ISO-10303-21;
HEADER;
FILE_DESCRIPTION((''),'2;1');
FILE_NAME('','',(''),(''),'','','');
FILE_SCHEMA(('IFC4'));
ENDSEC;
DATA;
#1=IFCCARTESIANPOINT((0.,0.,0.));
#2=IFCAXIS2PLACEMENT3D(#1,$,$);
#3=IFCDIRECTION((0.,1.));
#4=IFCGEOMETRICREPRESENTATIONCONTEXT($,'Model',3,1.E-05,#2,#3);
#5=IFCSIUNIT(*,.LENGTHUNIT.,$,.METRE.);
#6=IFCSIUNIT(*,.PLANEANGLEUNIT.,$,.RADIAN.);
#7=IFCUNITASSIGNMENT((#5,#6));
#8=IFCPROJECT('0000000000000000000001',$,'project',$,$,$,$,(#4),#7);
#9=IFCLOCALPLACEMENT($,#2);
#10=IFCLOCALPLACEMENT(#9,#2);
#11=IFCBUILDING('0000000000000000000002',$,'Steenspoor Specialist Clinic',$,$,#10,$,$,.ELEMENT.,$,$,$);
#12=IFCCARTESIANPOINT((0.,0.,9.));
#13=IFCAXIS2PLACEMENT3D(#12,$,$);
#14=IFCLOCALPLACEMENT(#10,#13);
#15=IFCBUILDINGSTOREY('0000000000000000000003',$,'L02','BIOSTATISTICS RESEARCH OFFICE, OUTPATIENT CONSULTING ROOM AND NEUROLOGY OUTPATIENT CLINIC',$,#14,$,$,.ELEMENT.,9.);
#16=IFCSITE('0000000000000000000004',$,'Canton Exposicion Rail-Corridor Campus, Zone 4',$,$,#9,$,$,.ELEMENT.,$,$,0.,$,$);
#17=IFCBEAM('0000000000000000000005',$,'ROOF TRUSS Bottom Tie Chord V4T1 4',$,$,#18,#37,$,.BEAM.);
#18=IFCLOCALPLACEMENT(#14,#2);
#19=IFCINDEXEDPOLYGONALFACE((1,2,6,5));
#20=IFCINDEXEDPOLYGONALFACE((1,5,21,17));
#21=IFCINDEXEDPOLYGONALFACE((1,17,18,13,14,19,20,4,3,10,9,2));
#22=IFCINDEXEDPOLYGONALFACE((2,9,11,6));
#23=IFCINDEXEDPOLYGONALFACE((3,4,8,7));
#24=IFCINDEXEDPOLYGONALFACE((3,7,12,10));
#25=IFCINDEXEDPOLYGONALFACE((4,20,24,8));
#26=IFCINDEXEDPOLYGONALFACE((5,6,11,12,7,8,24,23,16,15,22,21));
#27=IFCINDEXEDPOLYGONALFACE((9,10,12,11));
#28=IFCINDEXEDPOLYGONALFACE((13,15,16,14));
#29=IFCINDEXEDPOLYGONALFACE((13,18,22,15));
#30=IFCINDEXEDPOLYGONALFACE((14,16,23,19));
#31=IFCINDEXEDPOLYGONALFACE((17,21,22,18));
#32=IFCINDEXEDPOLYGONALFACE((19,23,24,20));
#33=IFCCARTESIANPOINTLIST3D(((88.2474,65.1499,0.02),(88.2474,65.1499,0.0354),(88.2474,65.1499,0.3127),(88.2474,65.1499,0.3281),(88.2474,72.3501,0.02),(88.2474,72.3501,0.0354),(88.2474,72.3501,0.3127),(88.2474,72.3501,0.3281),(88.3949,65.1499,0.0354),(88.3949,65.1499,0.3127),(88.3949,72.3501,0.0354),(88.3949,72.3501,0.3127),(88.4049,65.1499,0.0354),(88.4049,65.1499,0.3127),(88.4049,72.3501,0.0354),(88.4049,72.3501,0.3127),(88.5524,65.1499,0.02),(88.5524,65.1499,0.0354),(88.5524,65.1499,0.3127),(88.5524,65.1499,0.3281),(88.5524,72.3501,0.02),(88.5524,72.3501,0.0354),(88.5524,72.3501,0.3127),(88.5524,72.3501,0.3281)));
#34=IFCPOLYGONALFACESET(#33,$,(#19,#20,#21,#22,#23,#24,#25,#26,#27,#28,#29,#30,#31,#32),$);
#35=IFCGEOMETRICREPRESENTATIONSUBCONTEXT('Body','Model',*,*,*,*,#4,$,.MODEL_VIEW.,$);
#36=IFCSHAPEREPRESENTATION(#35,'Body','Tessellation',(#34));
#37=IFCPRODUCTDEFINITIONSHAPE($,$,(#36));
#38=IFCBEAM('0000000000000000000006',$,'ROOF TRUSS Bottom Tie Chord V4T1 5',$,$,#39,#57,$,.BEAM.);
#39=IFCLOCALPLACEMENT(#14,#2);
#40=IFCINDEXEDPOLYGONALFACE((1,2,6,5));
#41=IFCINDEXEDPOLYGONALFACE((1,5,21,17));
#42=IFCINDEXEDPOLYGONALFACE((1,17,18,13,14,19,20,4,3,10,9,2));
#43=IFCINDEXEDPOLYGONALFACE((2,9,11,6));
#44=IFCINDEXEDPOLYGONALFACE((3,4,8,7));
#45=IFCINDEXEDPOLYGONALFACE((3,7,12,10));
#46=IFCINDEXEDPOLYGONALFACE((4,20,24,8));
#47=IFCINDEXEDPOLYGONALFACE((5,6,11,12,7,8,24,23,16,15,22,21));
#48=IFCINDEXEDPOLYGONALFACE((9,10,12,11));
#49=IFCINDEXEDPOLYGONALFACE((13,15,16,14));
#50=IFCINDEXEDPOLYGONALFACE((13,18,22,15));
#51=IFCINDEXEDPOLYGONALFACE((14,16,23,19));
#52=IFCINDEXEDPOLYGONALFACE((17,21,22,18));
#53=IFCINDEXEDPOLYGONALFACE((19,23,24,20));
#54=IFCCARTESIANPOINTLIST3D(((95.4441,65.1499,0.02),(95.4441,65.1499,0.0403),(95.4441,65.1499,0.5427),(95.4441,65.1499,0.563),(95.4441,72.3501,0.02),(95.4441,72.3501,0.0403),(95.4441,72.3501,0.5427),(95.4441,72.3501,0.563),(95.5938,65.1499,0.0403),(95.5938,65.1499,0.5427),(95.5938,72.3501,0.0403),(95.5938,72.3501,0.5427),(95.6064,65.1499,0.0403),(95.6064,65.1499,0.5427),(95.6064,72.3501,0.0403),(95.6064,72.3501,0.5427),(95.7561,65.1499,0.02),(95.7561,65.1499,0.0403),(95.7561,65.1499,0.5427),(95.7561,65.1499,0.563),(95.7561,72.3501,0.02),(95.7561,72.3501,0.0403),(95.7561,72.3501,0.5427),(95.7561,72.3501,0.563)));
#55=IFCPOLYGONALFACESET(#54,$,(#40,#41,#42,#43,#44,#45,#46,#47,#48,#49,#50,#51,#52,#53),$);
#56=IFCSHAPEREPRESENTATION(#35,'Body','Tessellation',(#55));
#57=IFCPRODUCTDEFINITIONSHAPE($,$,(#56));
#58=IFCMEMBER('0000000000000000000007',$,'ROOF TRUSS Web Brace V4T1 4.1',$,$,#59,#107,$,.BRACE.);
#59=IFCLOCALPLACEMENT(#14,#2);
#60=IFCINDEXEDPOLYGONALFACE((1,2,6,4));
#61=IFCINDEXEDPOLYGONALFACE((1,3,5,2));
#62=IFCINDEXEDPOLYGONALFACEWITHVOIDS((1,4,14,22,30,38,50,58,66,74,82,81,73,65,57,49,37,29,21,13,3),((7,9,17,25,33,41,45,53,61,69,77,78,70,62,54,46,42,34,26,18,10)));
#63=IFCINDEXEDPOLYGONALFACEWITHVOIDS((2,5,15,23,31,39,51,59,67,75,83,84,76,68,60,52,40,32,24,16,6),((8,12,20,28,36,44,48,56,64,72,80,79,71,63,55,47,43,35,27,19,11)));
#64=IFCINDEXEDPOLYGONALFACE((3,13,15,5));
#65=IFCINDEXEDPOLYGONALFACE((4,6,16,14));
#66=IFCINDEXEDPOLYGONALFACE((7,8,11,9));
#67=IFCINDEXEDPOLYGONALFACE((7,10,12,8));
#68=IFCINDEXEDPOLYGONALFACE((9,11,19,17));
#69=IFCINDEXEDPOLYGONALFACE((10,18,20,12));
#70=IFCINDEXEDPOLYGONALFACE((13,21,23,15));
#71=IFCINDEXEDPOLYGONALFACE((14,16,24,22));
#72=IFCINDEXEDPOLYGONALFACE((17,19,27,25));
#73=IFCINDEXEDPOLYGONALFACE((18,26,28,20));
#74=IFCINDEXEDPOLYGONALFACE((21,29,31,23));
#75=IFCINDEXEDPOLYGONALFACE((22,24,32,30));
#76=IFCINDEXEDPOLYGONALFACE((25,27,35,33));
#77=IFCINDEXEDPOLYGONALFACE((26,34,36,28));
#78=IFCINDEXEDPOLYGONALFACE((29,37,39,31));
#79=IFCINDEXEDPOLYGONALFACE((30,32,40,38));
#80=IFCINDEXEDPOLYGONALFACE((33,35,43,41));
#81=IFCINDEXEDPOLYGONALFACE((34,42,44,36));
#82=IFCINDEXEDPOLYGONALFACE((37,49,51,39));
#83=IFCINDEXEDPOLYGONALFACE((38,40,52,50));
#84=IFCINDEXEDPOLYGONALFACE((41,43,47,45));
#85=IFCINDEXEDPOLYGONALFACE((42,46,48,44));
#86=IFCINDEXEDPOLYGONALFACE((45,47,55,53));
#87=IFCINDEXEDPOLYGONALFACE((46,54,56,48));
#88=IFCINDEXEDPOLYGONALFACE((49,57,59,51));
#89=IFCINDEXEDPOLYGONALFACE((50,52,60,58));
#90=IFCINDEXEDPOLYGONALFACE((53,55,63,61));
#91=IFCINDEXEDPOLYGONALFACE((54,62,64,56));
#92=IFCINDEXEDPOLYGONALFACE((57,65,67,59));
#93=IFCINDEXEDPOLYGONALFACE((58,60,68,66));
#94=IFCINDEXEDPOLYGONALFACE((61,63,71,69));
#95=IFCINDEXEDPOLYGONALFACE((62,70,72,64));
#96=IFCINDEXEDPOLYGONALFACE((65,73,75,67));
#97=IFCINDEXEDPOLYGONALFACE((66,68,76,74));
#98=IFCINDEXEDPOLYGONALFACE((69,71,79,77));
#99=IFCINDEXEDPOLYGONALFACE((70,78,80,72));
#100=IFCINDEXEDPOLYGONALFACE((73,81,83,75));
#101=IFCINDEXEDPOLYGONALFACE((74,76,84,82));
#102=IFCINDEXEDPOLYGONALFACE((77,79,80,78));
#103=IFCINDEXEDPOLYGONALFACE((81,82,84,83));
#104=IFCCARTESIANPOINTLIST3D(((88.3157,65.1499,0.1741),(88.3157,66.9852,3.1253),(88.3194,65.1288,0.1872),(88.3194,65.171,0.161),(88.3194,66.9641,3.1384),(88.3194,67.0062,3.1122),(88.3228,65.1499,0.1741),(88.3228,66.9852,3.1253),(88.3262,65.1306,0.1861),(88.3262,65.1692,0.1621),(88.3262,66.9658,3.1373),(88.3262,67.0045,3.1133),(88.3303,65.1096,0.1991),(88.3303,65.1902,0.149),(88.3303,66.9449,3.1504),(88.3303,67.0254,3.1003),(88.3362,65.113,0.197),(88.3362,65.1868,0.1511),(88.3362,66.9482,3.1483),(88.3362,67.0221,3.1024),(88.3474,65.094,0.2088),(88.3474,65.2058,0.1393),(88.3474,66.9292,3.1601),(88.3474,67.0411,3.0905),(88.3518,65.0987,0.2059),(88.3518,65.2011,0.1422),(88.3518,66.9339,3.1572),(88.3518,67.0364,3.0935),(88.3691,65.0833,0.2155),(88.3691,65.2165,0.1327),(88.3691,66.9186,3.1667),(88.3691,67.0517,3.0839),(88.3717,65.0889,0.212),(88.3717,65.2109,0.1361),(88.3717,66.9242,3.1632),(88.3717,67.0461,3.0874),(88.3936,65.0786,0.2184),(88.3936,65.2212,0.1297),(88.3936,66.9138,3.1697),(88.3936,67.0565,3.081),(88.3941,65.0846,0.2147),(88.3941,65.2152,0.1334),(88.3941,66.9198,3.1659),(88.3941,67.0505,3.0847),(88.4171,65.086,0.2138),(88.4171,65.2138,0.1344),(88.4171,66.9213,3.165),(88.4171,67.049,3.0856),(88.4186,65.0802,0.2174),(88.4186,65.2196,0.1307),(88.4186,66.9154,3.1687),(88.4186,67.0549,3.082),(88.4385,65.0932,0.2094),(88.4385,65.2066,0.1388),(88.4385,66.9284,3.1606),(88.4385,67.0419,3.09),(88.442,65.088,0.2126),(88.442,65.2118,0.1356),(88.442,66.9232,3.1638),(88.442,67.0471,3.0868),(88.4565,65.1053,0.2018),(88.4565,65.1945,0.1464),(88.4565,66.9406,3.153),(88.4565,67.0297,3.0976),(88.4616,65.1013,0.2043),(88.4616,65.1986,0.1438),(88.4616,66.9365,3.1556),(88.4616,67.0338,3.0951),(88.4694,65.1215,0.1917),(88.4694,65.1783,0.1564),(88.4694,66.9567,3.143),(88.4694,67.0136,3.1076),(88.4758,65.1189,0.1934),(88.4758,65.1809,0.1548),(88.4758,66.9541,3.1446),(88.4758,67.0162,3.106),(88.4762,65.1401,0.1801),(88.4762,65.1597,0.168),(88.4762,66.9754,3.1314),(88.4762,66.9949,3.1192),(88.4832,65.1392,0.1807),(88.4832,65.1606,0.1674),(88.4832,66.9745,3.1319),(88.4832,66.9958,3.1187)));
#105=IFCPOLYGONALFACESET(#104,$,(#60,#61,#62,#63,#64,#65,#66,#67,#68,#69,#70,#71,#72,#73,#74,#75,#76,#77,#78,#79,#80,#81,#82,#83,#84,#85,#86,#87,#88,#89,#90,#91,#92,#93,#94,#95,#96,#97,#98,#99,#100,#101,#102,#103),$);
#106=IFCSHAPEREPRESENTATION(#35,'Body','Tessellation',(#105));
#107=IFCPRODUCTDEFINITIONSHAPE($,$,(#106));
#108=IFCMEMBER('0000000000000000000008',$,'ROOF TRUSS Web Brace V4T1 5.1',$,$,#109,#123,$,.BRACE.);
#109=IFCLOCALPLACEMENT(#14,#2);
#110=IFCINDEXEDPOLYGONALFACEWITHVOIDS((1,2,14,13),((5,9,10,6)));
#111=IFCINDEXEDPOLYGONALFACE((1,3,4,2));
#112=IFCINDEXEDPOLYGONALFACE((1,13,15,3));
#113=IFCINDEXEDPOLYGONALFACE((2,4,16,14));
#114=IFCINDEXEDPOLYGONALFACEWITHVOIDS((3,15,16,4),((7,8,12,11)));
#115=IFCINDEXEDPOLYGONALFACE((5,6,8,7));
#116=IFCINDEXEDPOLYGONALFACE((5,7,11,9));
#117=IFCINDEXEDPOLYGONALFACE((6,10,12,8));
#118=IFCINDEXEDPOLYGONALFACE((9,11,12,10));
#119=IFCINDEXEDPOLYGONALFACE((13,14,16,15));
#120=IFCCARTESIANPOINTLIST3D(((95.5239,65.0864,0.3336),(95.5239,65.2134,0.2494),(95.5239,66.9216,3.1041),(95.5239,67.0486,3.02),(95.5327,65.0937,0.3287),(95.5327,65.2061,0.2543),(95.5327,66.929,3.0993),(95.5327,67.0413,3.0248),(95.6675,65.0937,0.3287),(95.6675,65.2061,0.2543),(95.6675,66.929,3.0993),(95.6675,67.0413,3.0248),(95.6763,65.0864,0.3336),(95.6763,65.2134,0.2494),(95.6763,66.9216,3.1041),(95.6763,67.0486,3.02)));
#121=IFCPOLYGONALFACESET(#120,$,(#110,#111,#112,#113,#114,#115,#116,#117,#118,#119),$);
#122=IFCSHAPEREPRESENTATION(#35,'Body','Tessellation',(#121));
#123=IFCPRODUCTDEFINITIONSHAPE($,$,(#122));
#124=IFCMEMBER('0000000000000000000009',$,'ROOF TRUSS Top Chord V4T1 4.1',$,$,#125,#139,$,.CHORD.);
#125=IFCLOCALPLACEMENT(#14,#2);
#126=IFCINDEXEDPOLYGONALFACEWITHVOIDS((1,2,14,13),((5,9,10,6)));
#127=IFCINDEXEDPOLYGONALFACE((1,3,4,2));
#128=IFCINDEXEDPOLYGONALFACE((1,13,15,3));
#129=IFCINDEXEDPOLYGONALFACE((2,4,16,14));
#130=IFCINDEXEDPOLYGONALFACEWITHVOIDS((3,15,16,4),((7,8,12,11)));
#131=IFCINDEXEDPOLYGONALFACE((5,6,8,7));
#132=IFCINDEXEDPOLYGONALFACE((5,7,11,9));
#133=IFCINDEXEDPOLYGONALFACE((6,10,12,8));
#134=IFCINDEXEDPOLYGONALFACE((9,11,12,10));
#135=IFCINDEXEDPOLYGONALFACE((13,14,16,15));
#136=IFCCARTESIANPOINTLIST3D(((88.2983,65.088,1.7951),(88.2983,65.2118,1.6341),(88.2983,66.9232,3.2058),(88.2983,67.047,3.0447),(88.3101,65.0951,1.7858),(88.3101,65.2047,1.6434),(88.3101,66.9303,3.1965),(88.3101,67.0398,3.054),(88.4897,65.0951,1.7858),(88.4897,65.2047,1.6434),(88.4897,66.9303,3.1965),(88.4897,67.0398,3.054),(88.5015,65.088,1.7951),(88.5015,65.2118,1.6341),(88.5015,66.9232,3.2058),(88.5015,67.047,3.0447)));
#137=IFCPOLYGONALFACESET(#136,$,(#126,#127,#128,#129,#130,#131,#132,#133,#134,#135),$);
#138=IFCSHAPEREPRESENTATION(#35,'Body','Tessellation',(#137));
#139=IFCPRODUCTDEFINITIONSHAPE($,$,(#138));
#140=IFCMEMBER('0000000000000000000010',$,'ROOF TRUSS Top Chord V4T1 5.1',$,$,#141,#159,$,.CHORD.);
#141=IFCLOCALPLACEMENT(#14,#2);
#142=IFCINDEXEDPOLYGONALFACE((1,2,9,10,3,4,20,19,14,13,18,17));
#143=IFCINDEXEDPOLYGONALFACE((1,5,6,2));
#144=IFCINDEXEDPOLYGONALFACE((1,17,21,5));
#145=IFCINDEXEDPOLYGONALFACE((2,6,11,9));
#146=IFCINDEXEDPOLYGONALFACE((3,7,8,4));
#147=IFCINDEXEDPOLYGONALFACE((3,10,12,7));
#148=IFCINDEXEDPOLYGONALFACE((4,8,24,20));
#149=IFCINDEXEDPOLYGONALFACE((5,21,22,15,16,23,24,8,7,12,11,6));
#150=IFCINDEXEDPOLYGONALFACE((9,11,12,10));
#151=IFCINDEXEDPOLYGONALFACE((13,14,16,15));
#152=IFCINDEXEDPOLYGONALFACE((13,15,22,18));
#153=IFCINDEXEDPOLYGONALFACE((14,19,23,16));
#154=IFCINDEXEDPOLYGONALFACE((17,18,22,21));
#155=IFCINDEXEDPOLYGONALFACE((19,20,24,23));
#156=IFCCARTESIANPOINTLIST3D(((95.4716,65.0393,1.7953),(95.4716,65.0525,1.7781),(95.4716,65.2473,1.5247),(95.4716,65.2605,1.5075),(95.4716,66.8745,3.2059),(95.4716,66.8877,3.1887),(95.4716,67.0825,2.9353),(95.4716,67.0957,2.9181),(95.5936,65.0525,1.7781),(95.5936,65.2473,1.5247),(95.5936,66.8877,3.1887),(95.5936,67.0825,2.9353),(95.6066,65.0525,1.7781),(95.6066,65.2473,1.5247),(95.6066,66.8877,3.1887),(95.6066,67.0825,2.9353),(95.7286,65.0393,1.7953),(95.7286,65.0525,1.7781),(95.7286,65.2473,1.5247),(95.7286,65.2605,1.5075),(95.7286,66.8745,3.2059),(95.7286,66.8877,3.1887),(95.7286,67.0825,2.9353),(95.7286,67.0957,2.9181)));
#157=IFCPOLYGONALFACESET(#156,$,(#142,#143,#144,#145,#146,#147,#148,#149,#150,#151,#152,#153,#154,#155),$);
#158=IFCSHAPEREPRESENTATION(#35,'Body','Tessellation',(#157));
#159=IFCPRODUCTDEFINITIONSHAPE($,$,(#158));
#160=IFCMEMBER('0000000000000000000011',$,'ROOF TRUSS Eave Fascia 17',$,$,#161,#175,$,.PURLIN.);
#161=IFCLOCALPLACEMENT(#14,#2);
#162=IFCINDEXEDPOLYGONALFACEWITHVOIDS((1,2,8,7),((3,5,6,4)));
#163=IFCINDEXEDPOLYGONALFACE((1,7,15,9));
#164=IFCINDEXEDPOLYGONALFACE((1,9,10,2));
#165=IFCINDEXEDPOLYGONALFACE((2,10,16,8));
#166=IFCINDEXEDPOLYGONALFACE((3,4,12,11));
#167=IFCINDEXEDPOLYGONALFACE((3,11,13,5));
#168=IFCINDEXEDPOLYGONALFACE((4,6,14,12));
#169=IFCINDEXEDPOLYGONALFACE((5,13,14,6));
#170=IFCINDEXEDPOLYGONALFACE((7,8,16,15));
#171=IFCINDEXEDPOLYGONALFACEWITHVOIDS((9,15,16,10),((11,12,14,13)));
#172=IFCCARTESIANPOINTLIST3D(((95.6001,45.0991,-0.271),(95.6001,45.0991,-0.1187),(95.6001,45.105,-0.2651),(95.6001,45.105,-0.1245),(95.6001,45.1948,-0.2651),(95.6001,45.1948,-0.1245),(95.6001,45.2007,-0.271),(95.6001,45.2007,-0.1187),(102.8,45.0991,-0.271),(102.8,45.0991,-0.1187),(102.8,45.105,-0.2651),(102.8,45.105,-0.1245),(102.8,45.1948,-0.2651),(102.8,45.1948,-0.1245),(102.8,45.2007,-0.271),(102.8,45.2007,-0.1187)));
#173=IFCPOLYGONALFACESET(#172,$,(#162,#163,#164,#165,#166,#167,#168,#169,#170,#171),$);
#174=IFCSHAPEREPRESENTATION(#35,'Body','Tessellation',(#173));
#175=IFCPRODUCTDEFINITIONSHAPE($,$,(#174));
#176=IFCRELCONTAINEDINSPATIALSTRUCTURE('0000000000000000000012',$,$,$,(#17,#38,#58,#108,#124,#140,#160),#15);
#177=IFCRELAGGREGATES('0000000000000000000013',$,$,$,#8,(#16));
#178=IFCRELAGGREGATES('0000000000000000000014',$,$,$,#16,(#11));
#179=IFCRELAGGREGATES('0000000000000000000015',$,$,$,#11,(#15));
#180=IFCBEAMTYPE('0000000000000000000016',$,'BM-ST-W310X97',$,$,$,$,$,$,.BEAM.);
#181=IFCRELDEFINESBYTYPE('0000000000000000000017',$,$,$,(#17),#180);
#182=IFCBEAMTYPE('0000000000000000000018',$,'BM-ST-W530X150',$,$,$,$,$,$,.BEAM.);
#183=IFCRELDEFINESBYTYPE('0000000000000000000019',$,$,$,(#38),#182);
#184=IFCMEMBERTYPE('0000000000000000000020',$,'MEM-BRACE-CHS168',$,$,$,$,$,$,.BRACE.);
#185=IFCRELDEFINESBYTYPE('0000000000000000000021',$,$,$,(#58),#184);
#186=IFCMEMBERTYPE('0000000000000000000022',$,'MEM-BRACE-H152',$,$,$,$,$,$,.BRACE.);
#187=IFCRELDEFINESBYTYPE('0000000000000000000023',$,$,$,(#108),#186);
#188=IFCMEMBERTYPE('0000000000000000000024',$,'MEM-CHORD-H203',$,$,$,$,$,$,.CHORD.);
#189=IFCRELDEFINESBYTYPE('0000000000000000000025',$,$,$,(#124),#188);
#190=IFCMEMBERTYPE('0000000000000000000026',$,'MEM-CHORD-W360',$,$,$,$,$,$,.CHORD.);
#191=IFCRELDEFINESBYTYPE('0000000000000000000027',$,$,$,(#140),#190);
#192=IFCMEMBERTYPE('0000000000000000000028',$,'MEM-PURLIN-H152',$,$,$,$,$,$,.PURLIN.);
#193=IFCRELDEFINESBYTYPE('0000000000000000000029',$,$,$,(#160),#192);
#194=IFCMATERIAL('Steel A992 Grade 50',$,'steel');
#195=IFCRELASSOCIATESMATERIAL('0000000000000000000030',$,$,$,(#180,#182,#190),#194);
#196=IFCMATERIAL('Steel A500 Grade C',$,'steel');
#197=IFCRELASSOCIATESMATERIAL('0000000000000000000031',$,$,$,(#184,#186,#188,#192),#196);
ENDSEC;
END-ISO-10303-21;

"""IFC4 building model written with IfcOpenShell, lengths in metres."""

from ifc_helpers import new_model, si_unit, direction, frame, origin, origin_2d, place, context, subcontext, project, spatial, hollow_rectangle, hollow_circle, i_section, extrude, material, material_profile, profile_set, type_object, element, save


model = new_model("IFC4")

# Units and contexts
model_context = context("Model", 3, precision=1e-05, world=origin(), true_north=direction((0.0, 1.0)))
body_context = subcontext(model_context, "Body", "Model", "MODEL_VIEW")
ifc_project = project(units=[si_unit("LENGTHUNIT", "METRE"), si_unit("PLANEANGLEUNIT", "RADIAN")], contexts=[model_context])

# Site, building, storey
site_placement = place(None, origin())
site = spatial("IfcSite", under=ifc_project, at=site_placement, Name="Canton Exposicion Rail-Corridor Campus, Zone 4", CompositionType="ELEMENT", RefElevation=0.0)
building_placement = place(site_placement, origin())
building = spatial("IfcBuilding", under=site, at=building_placement, Name="Steenspoor Specialist Clinic", CompositionType="ELEMENT")
storey_placement = place(building_placement, frame((0.0, 0.0, 9.0)))
storey = spatial("IfcBuildingStorey", under=building, at=storey_placement, Name="L02", Description="BIOSTATISTICS RESEARCH OFFICE, OUTPATIENT CONSULTING ROOM AND NEUROLOGY OUTPATIENT CLINIC", CompositionType="ELEMENT", Elevation=9.0)

# Beams
ifc_material_1 = material(Name="Steel A992 Grade 50", Category="steel")
ifc_material_profile_1 = material_profile(ifc_material_1, i_section(OverallWidth=0.3049, OverallDepth=0.3081, WebThickness=0.01, FlangeThickness=0.0154, at=origin_2d()), Name="W310X97")
ifc_profile_set_1 = profile_set([ifc_material_profile_1], Name="Steel A992 Grade 50")
beam_type_1 = type_object("IfcBeamType", Name="BM-ST-W310X97", PredefinedType="BEAM", material=ifc_profile_set_1)
beam_1_placement = place(storey_placement, frame((88.3999, 65.1499, 0.1741), z_axis=(0.0, 1.0, 0.0), x_axis=(-1.0, 0.0, 0.0)))
element("IfcBeam", 1, at=beam_1_placement, inside=storey, type_object=beam_type_1, Name="ROOF TRUSS Bottom Tie Chord V4T1 4", PredefinedType="BEAM", context=body_context, shape_type="SweptSolid", body=[
    extrude(i_section(OverallWidth=0.3049, OverallDepth=0.3081, WebThickness=0.01, FlangeThickness=0.0154, at=origin_2d()), origin(), (0.0, 0.0, 1.0), 7.2002),
])
ifc_material_profile_2 = material_profile(ifc_material_1, i_section(OverallWidth=0.312, OverallDepth=0.543, WebThickness=0.0127, FlangeThickness=0.0203, at=origin_2d()), Name="W530X150")
ifc_profile_set_2 = profile_set([ifc_material_profile_2], Name="Steel A992 Grade 50")
beam_type_2 = type_object("IfcBeamType", Name="BM-ST-W530X150", PredefinedType="BEAM", material=ifc_profile_set_2)
beam_2_placement = place(storey_placement, frame((95.6001, 65.1499, 0.2915), z_axis=(0.0, 1.0, 0.0), x_axis=(-1.0, 0.0, 0.0)))
element("IfcBeam", 2, at=beam_2_placement, inside=storey, type_object=beam_type_2, Name="ROOF TRUSS Bottom Tie Chord V4T1 5", PredefinedType="BEAM", context=body_context, shape_type="SweptSolid", body=[
    extrude(i_section(OverallWidth=0.312, OverallDepth=0.543, WebThickness=0.0127, FlangeThickness=0.0203, at=origin_2d()), origin(), (0.0, 0.0, 1.0), 7.2002),
])

# Members
ifc_material_2 = material(Name="Steel A500 Grade C", Category="steel")
ifc_material_profile_3 = material_profile(ifc_material_2, hollow_circle(Radius=0.0842, WallThickness=0.0071, at=origin_2d()), Name="CHS168X7.1")
ifc_profile_set_3 = profile_set([ifc_material_profile_3], Name="Steel A500 Grade C")
member_type_1 = type_object("IfcMemberType", Name="MEM-BRACE-CHS168", PredefinedType="BRACE", material=ifc_profile_set_3)
member_1_placement = place(storey_placement, frame((88.3999, 65.1499, 0.1741), z_axis=(0.0, 0.528078, 0.849196), x_axis=(-1.0, 0.0, 0.0)))
element("IfcMember", 3, at=member_1_placement, inside=storey, type_object=member_type_1, Name="ROOF TRUSS Web Brace V4T1 4.1", PredefinedType="BRACE", context=body_context, shape_type="SweptSolid", body=[
    extrude(hollow_circle(Radius=0.0842, WallThickness=0.0071, at=origin_2d()), origin(), (0.0, 0.0, 1.0), 3.4753),
])
ifc_material_profile_4 = material_profile(ifc_material_2, hollow_rectangle(XDim=0.1523, YDim=0.1523, WallThickness=0.0088, at=origin_2d()), Name="HSS152X152X9.5")
ifc_profile_set_4 = profile_set([ifc_material_profile_4], Name="Steel A500 Grade C")
member_type_2 = type_object("IfcMemberType", Name="MEM-BRACE-H152", PredefinedType="BRACE", material=ifc_profile_set_4)
member_2_placement = place(storey_placement, frame((95.6001, 65.1499, 0.2915), z_axis=(0.0, 0.55224, 0.833686), x_axis=(-1.0, 0.0, 0.0)))
element("IfcMember", 4, at=member_2_placement, inside=storey, type_object=member_type_2, Name="ROOF TRUSS Web Brace V4T1 5.1", PredefinedType="BRACE", context=body_context, shape_type="SweptSolid", body=[
    extrude(hollow_rectangle(XDim=0.1523, YDim=0.1523, WallThickness=0.0088, at=origin_2d()), origin(), (0.0, 0.0, 1.0), 3.3232),
])
ifc_material_profile_5 = material_profile(ifc_material_2, hollow_rectangle(XDim=0.2031, YDim=0.2031, WallThickness=0.0117, at=origin_2d()), Name="HSS203X203X12.7")
ifc_profile_set_5 = profile_set([ifc_material_profile_5], Name="Steel A500 Grade C")
member_type_3 = type_object("IfcMemberType", Name="MEM-CHORD-H203", PredefinedType="CHORD", material=ifc_profile_set_5)
member_3_placement = place(storey_placement, frame((88.3999, 65.1499, 1.7146), z_axis=(0.0, 0.792844, 0.609425), x_axis=(-1.0, 0.0, 0.0)))
element("IfcMember", 5, at=member_3_placement, inside=storey, type_object=member_type_3, Name="ROOF TRUSS Top Chord V4T1 4.1", PredefinedType="CHORD", context=body_context, shape_type="SweptSolid", body=[
    extrude(hollow_rectangle(XDim=0.2031, YDim=0.2031, WallThickness=0.0117, at=origin_2d()), origin(), (0.0, 0.0, 1.0), 2.3147),
])
ifc_material_profile_6 = material_profile(ifc_material_1, i_section(OverallWidth=0.2571, OverallDepth=0.363, WebThickness=0.0129, FlangeThickness=0.0217, at=origin_2d()), Name="W360X122")
ifc_profile_set_6 = profile_set([ifc_material_profile_6], Name="Steel A992 Grade 50")
member_type_4 = type_object("IfcMemberType", Name="MEM-CHORD-W360", PredefinedType="CHORD", material=ifc_profile_set_6)
member_4_placement = place(storey_placement, frame((95.6001, 65.1499, 1.6514), z_axis=(0.0, 0.792844, 0.609425), x_axis=(-1.0, 0.0, 0.0)))
element("IfcMember", 6, at=member_4_placement, inside=storey, type_object=member_type_4, Name="ROOF TRUSS Top Chord V4T1 5.1", PredefinedType="CHORD", context=body_context, shape_type="SweptSolid", body=[
    extrude(i_section(OverallWidth=0.2571, OverallDepth=0.363, WebThickness=0.0129, FlangeThickness=0.0217, at=origin_2d()), origin(), (0.0, 0.0, 1.0), 2.3147),
])
ifc_material_profile_7 = material_profile(ifc_material_2, hollow_rectangle(XDim=0.1016, YDim=0.1523, WallThickness=0.0059, at=origin_2d()), Name="HSS152X102X6.4")
ifc_profile_set_7 = profile_set([ifc_material_profile_7], Name="Steel A500 Grade C")
member_type_5 = type_object("IfcMemberType", Name="MEM-PURLIN-H152", PredefinedType="PURLIN", material=ifc_profile_set_7)
for number, where, z_axis, x_axis, name in (
    (7, (95.6001, 45.1499, -0.1948), (1.0, 0.0, 0.0), (0.0, 1.0, 0.0), "ROOF TRUSS Eave Fascia 17"),
):
    element("IfcMember", number, at=place(storey_placement, frame(where, z_axis=z_axis, x_axis=x_axis)), inside=storey, type_object=member_type_5, Name=name, PredefinedType="PURLIN", context=body_context, shape_type="SweptSolid", body=[
        extrude(hollow_rectangle(XDim=0.1016, YDim=0.1523, WallThickness=0.0059, at=origin_2d()), origin(), (0.0, 0.0, 1.0), 7.2),
    ])

save(model, "model.ifc")
